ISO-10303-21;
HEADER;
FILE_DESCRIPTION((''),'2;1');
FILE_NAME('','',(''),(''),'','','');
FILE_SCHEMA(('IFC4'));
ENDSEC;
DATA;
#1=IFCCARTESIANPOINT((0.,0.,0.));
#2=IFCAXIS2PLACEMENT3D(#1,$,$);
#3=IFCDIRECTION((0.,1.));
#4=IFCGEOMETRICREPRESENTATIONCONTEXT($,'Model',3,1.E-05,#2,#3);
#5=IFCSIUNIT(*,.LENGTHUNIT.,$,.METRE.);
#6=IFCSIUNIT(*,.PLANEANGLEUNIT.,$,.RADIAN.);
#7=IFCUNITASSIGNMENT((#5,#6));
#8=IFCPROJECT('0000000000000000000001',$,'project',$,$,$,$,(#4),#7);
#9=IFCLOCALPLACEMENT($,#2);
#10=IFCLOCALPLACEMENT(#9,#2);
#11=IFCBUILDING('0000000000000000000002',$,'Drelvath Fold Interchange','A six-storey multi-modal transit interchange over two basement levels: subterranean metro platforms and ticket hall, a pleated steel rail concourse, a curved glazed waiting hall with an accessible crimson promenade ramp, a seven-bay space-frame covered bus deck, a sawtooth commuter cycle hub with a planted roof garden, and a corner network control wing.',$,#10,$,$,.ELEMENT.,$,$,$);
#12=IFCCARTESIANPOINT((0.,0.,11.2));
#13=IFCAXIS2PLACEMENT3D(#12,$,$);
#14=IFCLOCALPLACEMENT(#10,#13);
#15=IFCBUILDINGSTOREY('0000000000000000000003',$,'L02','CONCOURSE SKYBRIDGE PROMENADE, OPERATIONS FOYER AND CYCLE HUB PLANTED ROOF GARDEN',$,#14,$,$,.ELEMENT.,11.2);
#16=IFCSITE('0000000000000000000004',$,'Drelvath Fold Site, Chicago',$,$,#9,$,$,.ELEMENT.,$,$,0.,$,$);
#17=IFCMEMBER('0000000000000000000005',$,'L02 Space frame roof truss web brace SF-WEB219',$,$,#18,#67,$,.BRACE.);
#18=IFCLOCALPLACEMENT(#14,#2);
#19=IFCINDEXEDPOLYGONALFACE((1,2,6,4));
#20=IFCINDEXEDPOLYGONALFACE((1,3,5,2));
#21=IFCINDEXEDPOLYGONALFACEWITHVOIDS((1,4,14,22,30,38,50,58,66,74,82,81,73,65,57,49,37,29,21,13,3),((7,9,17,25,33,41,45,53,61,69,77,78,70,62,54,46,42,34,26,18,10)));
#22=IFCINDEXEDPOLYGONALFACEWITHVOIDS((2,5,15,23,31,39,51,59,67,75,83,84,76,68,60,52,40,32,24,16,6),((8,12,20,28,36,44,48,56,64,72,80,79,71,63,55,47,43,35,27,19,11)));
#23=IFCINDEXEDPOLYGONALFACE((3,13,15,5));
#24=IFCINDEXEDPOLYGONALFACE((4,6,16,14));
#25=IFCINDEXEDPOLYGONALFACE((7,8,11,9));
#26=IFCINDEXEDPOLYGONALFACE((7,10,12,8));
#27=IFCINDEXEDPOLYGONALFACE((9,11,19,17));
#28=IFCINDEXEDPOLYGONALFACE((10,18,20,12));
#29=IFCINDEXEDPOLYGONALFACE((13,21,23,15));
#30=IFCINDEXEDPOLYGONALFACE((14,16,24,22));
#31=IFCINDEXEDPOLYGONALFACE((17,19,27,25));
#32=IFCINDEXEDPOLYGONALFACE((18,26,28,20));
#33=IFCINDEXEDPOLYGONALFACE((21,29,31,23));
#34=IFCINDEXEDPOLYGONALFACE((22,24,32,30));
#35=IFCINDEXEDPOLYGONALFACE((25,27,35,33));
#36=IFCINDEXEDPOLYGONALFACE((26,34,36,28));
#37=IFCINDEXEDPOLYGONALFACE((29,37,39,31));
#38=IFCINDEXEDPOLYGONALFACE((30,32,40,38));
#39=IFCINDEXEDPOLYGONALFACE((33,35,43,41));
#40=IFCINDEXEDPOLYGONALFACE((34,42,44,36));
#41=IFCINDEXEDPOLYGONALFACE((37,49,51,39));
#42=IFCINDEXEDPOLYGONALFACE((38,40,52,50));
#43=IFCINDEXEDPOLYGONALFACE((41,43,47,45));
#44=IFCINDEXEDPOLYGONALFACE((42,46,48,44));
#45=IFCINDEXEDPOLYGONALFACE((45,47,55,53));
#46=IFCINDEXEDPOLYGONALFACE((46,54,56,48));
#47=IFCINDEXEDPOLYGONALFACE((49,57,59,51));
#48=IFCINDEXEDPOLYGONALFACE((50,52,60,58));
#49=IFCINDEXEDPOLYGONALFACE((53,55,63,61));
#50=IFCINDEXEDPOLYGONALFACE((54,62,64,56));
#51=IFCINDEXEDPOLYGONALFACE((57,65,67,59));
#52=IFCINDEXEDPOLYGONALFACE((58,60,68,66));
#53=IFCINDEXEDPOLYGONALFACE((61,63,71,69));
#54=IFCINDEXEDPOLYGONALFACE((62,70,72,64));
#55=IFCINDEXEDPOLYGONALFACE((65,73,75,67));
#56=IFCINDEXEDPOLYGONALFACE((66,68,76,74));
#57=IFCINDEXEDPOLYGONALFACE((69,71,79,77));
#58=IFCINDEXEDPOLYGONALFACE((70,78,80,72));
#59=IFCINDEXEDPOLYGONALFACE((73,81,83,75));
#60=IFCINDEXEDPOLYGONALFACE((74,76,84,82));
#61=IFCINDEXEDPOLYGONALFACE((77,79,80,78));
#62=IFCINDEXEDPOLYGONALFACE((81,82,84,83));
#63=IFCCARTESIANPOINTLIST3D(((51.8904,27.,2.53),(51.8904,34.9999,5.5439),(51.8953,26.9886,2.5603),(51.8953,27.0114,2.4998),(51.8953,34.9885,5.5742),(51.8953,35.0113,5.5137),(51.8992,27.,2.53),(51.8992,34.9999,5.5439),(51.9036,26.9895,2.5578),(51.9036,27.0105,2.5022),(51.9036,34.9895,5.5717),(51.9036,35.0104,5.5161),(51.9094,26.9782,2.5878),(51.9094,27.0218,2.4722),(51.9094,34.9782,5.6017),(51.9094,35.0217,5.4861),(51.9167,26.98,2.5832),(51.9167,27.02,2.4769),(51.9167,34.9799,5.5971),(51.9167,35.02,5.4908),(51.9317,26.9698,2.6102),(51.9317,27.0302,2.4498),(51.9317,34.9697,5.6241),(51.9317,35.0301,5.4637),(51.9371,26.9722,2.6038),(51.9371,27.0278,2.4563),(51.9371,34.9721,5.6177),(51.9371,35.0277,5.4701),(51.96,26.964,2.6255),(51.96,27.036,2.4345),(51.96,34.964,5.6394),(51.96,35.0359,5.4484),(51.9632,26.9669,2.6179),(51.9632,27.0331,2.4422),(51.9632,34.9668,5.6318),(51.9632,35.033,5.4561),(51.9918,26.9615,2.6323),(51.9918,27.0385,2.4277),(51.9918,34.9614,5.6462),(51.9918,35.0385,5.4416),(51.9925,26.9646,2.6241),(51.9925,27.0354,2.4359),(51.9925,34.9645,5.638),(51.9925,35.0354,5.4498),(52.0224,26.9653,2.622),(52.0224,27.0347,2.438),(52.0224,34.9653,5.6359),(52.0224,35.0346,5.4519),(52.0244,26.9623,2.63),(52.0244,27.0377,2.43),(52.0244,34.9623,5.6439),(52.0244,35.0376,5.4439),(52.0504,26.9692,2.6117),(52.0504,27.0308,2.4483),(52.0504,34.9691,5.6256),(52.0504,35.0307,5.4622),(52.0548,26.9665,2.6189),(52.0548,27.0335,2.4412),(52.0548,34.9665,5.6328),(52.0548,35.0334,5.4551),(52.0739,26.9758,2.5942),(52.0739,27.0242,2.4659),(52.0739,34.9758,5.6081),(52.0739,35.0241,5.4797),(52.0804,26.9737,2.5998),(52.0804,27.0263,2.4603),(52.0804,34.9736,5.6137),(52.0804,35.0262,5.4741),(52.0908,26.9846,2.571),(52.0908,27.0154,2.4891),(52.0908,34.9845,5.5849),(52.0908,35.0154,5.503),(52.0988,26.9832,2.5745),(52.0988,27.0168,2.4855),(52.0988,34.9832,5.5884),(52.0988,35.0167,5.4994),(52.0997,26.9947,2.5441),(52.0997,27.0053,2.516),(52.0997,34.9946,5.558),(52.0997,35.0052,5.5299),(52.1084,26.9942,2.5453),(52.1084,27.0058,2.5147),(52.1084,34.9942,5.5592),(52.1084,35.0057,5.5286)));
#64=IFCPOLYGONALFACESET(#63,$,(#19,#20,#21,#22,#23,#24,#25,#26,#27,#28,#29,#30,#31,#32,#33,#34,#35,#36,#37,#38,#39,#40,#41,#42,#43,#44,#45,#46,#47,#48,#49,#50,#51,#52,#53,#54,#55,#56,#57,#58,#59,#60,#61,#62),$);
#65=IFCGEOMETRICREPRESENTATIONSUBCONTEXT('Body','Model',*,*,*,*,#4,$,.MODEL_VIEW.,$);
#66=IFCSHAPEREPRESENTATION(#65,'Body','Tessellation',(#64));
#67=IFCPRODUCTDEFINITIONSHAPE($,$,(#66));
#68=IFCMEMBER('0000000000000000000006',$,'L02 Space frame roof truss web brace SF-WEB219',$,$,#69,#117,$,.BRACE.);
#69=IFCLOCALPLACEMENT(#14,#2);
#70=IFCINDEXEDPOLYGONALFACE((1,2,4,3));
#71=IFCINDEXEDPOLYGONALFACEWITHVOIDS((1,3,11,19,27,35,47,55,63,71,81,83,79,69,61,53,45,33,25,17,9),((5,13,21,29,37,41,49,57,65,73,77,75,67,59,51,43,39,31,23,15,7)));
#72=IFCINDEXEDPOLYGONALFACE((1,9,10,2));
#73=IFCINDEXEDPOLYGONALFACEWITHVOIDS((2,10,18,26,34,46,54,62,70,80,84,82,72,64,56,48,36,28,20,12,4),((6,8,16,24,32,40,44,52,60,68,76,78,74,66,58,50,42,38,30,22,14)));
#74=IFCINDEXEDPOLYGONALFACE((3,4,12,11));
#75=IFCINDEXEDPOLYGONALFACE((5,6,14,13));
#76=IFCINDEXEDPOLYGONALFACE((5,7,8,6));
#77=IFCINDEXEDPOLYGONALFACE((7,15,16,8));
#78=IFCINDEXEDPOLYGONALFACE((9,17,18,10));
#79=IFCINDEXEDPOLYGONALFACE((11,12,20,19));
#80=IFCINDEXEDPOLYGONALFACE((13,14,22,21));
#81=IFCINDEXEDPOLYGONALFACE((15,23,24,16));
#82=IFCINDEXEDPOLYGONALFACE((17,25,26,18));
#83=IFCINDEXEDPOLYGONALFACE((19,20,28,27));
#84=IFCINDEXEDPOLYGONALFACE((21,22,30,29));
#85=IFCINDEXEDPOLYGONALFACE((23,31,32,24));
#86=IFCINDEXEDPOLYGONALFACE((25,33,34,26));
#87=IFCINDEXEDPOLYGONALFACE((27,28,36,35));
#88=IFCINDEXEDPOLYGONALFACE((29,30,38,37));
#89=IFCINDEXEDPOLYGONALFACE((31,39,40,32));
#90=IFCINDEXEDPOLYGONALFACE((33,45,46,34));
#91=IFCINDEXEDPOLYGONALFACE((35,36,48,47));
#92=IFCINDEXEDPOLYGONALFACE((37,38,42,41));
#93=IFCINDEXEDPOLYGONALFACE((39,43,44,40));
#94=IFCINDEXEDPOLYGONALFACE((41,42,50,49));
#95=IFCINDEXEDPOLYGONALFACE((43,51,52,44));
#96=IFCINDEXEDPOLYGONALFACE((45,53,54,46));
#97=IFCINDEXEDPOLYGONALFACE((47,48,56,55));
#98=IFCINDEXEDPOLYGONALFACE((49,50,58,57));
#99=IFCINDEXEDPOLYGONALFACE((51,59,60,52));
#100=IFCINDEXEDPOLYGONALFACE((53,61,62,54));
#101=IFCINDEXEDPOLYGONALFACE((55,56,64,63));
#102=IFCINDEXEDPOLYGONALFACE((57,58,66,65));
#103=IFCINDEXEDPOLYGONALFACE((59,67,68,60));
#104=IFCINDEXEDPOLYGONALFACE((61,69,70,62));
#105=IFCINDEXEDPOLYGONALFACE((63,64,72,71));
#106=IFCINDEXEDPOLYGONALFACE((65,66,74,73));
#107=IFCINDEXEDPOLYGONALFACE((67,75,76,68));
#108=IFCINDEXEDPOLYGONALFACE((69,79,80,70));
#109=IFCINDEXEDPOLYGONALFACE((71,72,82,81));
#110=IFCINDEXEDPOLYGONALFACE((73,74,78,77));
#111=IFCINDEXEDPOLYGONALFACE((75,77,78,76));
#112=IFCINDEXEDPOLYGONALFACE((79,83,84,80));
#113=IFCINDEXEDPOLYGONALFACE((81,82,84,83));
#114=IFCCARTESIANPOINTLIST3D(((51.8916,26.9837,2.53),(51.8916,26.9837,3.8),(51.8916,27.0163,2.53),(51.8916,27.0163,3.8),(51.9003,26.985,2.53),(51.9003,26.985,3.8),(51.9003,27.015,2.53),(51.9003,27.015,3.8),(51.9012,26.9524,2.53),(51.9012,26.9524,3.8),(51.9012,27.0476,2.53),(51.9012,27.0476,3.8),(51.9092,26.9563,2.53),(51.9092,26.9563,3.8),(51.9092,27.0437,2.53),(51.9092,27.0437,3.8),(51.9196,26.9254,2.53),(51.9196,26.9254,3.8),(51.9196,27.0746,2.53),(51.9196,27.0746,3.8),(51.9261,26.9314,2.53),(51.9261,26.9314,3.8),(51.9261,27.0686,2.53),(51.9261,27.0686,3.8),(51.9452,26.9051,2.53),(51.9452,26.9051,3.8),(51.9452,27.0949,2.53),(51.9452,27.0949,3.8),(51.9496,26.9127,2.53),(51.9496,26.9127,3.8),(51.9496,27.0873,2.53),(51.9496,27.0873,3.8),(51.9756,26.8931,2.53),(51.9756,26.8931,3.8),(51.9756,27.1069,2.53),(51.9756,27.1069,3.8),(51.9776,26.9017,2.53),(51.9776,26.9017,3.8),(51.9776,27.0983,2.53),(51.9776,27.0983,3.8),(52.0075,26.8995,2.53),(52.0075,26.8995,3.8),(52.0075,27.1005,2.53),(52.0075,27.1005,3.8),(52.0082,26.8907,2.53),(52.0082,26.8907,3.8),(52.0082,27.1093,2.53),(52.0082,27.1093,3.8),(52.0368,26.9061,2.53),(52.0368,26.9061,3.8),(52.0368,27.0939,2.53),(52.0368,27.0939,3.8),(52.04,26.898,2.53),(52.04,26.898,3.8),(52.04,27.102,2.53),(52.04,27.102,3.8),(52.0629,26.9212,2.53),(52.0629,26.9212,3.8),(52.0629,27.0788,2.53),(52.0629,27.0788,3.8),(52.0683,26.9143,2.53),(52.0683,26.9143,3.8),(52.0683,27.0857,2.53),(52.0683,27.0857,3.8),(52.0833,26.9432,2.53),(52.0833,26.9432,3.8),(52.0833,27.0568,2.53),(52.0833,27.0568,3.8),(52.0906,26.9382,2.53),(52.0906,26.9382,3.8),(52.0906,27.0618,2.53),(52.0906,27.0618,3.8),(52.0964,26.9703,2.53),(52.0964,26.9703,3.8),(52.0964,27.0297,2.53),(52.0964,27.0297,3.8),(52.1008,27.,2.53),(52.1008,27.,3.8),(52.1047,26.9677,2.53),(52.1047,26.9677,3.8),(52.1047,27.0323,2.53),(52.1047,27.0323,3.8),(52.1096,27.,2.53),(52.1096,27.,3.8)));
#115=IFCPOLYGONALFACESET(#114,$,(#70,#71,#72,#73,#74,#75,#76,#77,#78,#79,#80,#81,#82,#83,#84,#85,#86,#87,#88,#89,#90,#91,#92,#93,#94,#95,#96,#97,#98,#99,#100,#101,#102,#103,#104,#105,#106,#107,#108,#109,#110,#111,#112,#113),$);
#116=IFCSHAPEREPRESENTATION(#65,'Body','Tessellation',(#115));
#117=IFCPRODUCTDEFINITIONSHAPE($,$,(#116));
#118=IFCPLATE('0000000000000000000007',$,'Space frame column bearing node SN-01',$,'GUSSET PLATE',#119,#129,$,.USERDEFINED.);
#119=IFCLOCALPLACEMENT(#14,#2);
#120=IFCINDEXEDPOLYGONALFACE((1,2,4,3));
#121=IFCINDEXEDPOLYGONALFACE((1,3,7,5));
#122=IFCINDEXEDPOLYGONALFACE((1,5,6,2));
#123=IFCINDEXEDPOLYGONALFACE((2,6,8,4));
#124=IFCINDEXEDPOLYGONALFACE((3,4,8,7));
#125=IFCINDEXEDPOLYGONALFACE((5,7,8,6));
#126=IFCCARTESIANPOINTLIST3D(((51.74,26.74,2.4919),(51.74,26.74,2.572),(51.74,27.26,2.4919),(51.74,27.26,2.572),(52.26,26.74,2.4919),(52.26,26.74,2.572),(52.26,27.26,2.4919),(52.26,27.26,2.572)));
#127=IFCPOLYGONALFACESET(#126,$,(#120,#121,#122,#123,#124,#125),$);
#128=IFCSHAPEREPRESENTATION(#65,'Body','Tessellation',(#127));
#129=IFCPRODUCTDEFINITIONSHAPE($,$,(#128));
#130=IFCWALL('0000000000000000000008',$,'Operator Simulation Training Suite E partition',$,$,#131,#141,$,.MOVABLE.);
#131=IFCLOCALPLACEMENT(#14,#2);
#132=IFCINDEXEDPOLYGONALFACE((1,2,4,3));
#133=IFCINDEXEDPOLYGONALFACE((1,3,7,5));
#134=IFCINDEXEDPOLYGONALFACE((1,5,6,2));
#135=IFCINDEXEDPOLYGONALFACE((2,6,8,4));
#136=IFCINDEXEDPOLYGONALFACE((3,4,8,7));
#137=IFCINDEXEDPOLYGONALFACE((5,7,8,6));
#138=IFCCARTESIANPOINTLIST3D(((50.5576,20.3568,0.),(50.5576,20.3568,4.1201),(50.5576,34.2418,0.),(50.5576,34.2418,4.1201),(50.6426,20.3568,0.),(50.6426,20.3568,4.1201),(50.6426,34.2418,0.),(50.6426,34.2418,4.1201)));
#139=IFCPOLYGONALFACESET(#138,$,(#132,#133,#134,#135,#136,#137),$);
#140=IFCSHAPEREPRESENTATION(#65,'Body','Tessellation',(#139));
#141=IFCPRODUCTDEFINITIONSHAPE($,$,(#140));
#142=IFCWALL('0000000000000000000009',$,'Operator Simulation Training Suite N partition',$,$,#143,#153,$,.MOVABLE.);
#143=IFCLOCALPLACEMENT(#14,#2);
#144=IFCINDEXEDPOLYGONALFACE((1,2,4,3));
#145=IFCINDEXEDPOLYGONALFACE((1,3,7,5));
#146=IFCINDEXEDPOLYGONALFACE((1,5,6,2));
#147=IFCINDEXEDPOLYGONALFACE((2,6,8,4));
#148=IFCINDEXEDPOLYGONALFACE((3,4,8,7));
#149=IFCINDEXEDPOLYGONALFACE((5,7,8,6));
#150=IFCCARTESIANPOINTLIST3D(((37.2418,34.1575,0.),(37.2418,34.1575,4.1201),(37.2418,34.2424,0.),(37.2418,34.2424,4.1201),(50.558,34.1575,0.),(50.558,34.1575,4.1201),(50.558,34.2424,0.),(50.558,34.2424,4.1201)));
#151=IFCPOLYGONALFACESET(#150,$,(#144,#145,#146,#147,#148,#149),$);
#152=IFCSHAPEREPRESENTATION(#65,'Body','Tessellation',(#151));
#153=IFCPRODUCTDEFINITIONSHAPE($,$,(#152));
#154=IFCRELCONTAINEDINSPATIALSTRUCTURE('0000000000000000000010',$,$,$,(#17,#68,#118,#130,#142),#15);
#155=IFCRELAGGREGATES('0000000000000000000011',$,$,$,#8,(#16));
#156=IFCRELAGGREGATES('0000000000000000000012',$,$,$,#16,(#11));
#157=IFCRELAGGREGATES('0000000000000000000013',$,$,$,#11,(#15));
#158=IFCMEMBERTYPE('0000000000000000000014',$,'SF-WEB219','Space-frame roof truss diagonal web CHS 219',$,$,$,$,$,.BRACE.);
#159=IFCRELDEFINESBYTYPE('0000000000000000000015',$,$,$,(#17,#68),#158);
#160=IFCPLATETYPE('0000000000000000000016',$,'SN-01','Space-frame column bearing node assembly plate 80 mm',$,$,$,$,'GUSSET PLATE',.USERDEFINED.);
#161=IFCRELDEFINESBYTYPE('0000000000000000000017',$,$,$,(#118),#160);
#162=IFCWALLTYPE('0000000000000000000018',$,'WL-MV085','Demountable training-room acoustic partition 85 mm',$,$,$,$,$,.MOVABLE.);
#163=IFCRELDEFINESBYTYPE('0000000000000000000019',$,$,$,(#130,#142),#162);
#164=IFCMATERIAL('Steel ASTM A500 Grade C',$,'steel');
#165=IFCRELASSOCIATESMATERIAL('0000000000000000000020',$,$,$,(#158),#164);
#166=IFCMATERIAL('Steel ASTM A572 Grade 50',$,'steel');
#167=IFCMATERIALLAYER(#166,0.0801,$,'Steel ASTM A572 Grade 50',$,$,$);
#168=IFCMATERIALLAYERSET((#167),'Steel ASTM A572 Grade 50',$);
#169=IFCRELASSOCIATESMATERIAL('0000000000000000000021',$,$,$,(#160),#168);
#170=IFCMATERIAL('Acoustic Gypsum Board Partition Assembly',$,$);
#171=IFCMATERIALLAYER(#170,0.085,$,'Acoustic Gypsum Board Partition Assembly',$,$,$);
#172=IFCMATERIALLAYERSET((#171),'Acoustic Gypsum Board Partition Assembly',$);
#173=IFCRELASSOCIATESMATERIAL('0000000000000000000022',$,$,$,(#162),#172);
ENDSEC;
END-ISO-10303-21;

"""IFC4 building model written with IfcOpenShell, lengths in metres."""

from ifc_helpers import new_model, si_unit, direction, frame, frame_2d, origin, origin_2d, place, context, subcontext, project, spatial, rectangle, hollow_circle, extrude, material, layer, layer_set, material_profile, profile_set, type_object, element, save


model = new_model("IFC4")

# Units and contexts
model_context = context("Model", 3, precision=1e-05, world=origin(), true_north=direction((0.0, 1.0)))
body_context = subcontext(model_context, "Body", "Model", "MODEL_VIEW")
ifc_project = project(units=[si_unit("LENGTHUNIT", "METRE"), si_unit("PLANEANGLEUNIT", "RADIAN")], contexts=[model_context])

# Site, building, storey
site_placement = place(None, origin())
site = spatial("IfcSite", under=ifc_project, at=site_placement, Name="Drelvath Fold Site, Chicago", CompositionType="ELEMENT", RefElevation=0.0)
building_placement = place(site_placement, origin())
building = spatial("IfcBuilding", under=site, at=building_placement, Name="Drelvath Fold Interchange", Description="A six-storey multi-modal transit interchange over two basement levels: subterranean metro platforms and ticket hall, a pleated steel rail concourse, a curved glazed waiting hall with an accessible crimson promenade ramp, a seven-bay space-frame covered bus deck, a sawtooth commuter cycle hub with a planted roof garden, and a corner network control wing.", CompositionType="ELEMENT")
storey_placement = place(building_placement, frame((0.0, 0.0, 11.2)))
storey = spatial("IfcBuildingStorey", under=building, at=storey_placement, Name="L02", Description="CONCOURSE SKYBRIDGE PROMENADE, OPERATIONS FOYER AND CYCLE HUB PLANTED ROOF GARDEN", CompositionType="ELEMENT", Elevation=11.2)

# Members
ifc_material_1 = material(Name="Steel ASTM A500 Grade C", Category="steel")
ifc_material_profile_1 = material_profile(ifc_material_1, hollow_circle(Radius=0.1096, WallThickness=0.0088, at=origin_2d()), Name="HSS8.625X0.375")
ifc_profile_set_1 = profile_set([ifc_material_profile_1], Name="Steel ASTM A500 Grade C")
member_type_1 = type_object("IfcMemberType", Name="SF-WEB219", Description="Space-frame roof truss diagonal web CHS 219", PredefinedType="BRACE", material=ifc_profile_set_1)
member_1_placement = place(storey_placement, frame((52.0, 27.0, 2.53), z_axis=(0.0, 0.935793, 0.35255), x_axis=(-1.0, 0.0, 0.0)))
element("IfcMember", 1, at=member_1_placement, inside=storey, type_object=member_type_1, Name="L02 Space frame roof truss web brace SF-WEB219", PredefinedType="BRACE", context=body_context, shape_type="SweptSolid", body=[
    extrude(hollow_circle(Radius=0.1096, WallThickness=0.0088, at=origin_2d()), origin(), (0.0, 0.0, 1.0), 8.5488),
])
member_2_placement = place(storey_placement, frame((52.0, 27.0, 2.53), z_axis=(0.0, 0.0, 1.0), x_axis=(1.0, 0.0, 0.0)))
element("IfcMember", 2, at=member_2_placement, inside=storey, type_object=member_type_1, Name="L02 Space frame roof truss web brace SF-WEB219", PredefinedType="BRACE", context=body_context, shape_type="SweptSolid", body=[
    extrude(hollow_circle(Radius=0.1096, WallThickness=0.0088, at=origin_2d()), origin(), (0.0, 0.0, 1.0), 1.27),
])

# Plate
ifc_material_2 = material(Name="Steel ASTM A572 Grade 50", Category="steel")
ifc_layer_1 = layer(ifc_material_2, 0.0801, Name="Steel ASTM A572 Grade 50")
ifc_layer_set_1 = layer_set([ifc_layer_1], Name="Steel ASTM A572 Grade 50")
plate_type = type_object("IfcPlateType", Name="SN-01", Description="Space-frame column bearing node assembly plate 80 mm", ElementType="GUSSET PLATE", PredefinedType="USERDEFINED", material=ifc_layer_set_1)
plate_placement = place(storey_placement, frame((52.0, 27.0, 2.4919), z_axis=(0.0, 0.0, 1.0), x_axis=(1.0, 0.0, 0.0)))
element("IfcPlate", 3, at=plate_placement, inside=storey, type_object=plate_type, Name="Space frame column bearing node SN-01", ObjectType="GUSSET PLATE", PredefinedType="USERDEFINED", context=body_context, shape_type="SweptSolid", body=[
    extrude(rectangle(XDim=0.52, YDim=0.52, at=origin_2d()), origin(), (0.0, 0.0, 1.0), 0.0801),
])

# Walls
ifc_material_3 = material(Name="Acoustic Gypsum Board Partition Assembly")
ifc_layer_2 = layer(ifc_material_3, 0.085, Name="Acoustic Gypsum Board Partition Assembly")
ifc_layer_set_2 = layer_set([ifc_layer_2], Name="Acoustic Gypsum Board Partition Assembly")
wall_type = type_object("IfcWallType", Name="WL-MV085", Description="Demountable training-room acoustic partition 85 mm", PredefinedType="MOVABLE", material=ifc_layer_set_2)
wall_1_placement = place(storey_placement, frame((50.6001, 20.3569, 0.0), z_axis=(0.0, 0.0, 1.0), x_axis=(0.0, 1.0, 0.0)))
element("IfcWall", 4, at=wall_1_placement, inside=storey, type_object=wall_type, Name="Operator Simulation Training Suite E partition", PredefinedType="MOVABLE", context=body_context, shape_type="SweptSolid", body=[
    extrude(rectangle(XDim=13.885, YDim=0.085, at=frame_2d((6.9424, 0.0))), origin(), (0.0, 0.0, 1.0), 4.1201),
])
wall_2_placement = place(storey_placement, frame((50.5581, 34.2, 0.0), z_axis=(0.0, 0.0, 1.0), x_axis=(-1.0, 0.0, 0.0)))
element("IfcWall", 5, at=wall_2_placement, inside=storey, type_object=wall_type, Name="Operator Simulation Training Suite N partition", PredefinedType="MOVABLE", context=body_context, shape_type="SweptSolid", body=[
    extrude(rectangle(XDim=13.3162, YDim=0.085, at=frame_2d((6.6582, 0.0))), origin(), (0.0, 0.0, 1.0), 4.1201),
])

save(model, "model.ifc")
